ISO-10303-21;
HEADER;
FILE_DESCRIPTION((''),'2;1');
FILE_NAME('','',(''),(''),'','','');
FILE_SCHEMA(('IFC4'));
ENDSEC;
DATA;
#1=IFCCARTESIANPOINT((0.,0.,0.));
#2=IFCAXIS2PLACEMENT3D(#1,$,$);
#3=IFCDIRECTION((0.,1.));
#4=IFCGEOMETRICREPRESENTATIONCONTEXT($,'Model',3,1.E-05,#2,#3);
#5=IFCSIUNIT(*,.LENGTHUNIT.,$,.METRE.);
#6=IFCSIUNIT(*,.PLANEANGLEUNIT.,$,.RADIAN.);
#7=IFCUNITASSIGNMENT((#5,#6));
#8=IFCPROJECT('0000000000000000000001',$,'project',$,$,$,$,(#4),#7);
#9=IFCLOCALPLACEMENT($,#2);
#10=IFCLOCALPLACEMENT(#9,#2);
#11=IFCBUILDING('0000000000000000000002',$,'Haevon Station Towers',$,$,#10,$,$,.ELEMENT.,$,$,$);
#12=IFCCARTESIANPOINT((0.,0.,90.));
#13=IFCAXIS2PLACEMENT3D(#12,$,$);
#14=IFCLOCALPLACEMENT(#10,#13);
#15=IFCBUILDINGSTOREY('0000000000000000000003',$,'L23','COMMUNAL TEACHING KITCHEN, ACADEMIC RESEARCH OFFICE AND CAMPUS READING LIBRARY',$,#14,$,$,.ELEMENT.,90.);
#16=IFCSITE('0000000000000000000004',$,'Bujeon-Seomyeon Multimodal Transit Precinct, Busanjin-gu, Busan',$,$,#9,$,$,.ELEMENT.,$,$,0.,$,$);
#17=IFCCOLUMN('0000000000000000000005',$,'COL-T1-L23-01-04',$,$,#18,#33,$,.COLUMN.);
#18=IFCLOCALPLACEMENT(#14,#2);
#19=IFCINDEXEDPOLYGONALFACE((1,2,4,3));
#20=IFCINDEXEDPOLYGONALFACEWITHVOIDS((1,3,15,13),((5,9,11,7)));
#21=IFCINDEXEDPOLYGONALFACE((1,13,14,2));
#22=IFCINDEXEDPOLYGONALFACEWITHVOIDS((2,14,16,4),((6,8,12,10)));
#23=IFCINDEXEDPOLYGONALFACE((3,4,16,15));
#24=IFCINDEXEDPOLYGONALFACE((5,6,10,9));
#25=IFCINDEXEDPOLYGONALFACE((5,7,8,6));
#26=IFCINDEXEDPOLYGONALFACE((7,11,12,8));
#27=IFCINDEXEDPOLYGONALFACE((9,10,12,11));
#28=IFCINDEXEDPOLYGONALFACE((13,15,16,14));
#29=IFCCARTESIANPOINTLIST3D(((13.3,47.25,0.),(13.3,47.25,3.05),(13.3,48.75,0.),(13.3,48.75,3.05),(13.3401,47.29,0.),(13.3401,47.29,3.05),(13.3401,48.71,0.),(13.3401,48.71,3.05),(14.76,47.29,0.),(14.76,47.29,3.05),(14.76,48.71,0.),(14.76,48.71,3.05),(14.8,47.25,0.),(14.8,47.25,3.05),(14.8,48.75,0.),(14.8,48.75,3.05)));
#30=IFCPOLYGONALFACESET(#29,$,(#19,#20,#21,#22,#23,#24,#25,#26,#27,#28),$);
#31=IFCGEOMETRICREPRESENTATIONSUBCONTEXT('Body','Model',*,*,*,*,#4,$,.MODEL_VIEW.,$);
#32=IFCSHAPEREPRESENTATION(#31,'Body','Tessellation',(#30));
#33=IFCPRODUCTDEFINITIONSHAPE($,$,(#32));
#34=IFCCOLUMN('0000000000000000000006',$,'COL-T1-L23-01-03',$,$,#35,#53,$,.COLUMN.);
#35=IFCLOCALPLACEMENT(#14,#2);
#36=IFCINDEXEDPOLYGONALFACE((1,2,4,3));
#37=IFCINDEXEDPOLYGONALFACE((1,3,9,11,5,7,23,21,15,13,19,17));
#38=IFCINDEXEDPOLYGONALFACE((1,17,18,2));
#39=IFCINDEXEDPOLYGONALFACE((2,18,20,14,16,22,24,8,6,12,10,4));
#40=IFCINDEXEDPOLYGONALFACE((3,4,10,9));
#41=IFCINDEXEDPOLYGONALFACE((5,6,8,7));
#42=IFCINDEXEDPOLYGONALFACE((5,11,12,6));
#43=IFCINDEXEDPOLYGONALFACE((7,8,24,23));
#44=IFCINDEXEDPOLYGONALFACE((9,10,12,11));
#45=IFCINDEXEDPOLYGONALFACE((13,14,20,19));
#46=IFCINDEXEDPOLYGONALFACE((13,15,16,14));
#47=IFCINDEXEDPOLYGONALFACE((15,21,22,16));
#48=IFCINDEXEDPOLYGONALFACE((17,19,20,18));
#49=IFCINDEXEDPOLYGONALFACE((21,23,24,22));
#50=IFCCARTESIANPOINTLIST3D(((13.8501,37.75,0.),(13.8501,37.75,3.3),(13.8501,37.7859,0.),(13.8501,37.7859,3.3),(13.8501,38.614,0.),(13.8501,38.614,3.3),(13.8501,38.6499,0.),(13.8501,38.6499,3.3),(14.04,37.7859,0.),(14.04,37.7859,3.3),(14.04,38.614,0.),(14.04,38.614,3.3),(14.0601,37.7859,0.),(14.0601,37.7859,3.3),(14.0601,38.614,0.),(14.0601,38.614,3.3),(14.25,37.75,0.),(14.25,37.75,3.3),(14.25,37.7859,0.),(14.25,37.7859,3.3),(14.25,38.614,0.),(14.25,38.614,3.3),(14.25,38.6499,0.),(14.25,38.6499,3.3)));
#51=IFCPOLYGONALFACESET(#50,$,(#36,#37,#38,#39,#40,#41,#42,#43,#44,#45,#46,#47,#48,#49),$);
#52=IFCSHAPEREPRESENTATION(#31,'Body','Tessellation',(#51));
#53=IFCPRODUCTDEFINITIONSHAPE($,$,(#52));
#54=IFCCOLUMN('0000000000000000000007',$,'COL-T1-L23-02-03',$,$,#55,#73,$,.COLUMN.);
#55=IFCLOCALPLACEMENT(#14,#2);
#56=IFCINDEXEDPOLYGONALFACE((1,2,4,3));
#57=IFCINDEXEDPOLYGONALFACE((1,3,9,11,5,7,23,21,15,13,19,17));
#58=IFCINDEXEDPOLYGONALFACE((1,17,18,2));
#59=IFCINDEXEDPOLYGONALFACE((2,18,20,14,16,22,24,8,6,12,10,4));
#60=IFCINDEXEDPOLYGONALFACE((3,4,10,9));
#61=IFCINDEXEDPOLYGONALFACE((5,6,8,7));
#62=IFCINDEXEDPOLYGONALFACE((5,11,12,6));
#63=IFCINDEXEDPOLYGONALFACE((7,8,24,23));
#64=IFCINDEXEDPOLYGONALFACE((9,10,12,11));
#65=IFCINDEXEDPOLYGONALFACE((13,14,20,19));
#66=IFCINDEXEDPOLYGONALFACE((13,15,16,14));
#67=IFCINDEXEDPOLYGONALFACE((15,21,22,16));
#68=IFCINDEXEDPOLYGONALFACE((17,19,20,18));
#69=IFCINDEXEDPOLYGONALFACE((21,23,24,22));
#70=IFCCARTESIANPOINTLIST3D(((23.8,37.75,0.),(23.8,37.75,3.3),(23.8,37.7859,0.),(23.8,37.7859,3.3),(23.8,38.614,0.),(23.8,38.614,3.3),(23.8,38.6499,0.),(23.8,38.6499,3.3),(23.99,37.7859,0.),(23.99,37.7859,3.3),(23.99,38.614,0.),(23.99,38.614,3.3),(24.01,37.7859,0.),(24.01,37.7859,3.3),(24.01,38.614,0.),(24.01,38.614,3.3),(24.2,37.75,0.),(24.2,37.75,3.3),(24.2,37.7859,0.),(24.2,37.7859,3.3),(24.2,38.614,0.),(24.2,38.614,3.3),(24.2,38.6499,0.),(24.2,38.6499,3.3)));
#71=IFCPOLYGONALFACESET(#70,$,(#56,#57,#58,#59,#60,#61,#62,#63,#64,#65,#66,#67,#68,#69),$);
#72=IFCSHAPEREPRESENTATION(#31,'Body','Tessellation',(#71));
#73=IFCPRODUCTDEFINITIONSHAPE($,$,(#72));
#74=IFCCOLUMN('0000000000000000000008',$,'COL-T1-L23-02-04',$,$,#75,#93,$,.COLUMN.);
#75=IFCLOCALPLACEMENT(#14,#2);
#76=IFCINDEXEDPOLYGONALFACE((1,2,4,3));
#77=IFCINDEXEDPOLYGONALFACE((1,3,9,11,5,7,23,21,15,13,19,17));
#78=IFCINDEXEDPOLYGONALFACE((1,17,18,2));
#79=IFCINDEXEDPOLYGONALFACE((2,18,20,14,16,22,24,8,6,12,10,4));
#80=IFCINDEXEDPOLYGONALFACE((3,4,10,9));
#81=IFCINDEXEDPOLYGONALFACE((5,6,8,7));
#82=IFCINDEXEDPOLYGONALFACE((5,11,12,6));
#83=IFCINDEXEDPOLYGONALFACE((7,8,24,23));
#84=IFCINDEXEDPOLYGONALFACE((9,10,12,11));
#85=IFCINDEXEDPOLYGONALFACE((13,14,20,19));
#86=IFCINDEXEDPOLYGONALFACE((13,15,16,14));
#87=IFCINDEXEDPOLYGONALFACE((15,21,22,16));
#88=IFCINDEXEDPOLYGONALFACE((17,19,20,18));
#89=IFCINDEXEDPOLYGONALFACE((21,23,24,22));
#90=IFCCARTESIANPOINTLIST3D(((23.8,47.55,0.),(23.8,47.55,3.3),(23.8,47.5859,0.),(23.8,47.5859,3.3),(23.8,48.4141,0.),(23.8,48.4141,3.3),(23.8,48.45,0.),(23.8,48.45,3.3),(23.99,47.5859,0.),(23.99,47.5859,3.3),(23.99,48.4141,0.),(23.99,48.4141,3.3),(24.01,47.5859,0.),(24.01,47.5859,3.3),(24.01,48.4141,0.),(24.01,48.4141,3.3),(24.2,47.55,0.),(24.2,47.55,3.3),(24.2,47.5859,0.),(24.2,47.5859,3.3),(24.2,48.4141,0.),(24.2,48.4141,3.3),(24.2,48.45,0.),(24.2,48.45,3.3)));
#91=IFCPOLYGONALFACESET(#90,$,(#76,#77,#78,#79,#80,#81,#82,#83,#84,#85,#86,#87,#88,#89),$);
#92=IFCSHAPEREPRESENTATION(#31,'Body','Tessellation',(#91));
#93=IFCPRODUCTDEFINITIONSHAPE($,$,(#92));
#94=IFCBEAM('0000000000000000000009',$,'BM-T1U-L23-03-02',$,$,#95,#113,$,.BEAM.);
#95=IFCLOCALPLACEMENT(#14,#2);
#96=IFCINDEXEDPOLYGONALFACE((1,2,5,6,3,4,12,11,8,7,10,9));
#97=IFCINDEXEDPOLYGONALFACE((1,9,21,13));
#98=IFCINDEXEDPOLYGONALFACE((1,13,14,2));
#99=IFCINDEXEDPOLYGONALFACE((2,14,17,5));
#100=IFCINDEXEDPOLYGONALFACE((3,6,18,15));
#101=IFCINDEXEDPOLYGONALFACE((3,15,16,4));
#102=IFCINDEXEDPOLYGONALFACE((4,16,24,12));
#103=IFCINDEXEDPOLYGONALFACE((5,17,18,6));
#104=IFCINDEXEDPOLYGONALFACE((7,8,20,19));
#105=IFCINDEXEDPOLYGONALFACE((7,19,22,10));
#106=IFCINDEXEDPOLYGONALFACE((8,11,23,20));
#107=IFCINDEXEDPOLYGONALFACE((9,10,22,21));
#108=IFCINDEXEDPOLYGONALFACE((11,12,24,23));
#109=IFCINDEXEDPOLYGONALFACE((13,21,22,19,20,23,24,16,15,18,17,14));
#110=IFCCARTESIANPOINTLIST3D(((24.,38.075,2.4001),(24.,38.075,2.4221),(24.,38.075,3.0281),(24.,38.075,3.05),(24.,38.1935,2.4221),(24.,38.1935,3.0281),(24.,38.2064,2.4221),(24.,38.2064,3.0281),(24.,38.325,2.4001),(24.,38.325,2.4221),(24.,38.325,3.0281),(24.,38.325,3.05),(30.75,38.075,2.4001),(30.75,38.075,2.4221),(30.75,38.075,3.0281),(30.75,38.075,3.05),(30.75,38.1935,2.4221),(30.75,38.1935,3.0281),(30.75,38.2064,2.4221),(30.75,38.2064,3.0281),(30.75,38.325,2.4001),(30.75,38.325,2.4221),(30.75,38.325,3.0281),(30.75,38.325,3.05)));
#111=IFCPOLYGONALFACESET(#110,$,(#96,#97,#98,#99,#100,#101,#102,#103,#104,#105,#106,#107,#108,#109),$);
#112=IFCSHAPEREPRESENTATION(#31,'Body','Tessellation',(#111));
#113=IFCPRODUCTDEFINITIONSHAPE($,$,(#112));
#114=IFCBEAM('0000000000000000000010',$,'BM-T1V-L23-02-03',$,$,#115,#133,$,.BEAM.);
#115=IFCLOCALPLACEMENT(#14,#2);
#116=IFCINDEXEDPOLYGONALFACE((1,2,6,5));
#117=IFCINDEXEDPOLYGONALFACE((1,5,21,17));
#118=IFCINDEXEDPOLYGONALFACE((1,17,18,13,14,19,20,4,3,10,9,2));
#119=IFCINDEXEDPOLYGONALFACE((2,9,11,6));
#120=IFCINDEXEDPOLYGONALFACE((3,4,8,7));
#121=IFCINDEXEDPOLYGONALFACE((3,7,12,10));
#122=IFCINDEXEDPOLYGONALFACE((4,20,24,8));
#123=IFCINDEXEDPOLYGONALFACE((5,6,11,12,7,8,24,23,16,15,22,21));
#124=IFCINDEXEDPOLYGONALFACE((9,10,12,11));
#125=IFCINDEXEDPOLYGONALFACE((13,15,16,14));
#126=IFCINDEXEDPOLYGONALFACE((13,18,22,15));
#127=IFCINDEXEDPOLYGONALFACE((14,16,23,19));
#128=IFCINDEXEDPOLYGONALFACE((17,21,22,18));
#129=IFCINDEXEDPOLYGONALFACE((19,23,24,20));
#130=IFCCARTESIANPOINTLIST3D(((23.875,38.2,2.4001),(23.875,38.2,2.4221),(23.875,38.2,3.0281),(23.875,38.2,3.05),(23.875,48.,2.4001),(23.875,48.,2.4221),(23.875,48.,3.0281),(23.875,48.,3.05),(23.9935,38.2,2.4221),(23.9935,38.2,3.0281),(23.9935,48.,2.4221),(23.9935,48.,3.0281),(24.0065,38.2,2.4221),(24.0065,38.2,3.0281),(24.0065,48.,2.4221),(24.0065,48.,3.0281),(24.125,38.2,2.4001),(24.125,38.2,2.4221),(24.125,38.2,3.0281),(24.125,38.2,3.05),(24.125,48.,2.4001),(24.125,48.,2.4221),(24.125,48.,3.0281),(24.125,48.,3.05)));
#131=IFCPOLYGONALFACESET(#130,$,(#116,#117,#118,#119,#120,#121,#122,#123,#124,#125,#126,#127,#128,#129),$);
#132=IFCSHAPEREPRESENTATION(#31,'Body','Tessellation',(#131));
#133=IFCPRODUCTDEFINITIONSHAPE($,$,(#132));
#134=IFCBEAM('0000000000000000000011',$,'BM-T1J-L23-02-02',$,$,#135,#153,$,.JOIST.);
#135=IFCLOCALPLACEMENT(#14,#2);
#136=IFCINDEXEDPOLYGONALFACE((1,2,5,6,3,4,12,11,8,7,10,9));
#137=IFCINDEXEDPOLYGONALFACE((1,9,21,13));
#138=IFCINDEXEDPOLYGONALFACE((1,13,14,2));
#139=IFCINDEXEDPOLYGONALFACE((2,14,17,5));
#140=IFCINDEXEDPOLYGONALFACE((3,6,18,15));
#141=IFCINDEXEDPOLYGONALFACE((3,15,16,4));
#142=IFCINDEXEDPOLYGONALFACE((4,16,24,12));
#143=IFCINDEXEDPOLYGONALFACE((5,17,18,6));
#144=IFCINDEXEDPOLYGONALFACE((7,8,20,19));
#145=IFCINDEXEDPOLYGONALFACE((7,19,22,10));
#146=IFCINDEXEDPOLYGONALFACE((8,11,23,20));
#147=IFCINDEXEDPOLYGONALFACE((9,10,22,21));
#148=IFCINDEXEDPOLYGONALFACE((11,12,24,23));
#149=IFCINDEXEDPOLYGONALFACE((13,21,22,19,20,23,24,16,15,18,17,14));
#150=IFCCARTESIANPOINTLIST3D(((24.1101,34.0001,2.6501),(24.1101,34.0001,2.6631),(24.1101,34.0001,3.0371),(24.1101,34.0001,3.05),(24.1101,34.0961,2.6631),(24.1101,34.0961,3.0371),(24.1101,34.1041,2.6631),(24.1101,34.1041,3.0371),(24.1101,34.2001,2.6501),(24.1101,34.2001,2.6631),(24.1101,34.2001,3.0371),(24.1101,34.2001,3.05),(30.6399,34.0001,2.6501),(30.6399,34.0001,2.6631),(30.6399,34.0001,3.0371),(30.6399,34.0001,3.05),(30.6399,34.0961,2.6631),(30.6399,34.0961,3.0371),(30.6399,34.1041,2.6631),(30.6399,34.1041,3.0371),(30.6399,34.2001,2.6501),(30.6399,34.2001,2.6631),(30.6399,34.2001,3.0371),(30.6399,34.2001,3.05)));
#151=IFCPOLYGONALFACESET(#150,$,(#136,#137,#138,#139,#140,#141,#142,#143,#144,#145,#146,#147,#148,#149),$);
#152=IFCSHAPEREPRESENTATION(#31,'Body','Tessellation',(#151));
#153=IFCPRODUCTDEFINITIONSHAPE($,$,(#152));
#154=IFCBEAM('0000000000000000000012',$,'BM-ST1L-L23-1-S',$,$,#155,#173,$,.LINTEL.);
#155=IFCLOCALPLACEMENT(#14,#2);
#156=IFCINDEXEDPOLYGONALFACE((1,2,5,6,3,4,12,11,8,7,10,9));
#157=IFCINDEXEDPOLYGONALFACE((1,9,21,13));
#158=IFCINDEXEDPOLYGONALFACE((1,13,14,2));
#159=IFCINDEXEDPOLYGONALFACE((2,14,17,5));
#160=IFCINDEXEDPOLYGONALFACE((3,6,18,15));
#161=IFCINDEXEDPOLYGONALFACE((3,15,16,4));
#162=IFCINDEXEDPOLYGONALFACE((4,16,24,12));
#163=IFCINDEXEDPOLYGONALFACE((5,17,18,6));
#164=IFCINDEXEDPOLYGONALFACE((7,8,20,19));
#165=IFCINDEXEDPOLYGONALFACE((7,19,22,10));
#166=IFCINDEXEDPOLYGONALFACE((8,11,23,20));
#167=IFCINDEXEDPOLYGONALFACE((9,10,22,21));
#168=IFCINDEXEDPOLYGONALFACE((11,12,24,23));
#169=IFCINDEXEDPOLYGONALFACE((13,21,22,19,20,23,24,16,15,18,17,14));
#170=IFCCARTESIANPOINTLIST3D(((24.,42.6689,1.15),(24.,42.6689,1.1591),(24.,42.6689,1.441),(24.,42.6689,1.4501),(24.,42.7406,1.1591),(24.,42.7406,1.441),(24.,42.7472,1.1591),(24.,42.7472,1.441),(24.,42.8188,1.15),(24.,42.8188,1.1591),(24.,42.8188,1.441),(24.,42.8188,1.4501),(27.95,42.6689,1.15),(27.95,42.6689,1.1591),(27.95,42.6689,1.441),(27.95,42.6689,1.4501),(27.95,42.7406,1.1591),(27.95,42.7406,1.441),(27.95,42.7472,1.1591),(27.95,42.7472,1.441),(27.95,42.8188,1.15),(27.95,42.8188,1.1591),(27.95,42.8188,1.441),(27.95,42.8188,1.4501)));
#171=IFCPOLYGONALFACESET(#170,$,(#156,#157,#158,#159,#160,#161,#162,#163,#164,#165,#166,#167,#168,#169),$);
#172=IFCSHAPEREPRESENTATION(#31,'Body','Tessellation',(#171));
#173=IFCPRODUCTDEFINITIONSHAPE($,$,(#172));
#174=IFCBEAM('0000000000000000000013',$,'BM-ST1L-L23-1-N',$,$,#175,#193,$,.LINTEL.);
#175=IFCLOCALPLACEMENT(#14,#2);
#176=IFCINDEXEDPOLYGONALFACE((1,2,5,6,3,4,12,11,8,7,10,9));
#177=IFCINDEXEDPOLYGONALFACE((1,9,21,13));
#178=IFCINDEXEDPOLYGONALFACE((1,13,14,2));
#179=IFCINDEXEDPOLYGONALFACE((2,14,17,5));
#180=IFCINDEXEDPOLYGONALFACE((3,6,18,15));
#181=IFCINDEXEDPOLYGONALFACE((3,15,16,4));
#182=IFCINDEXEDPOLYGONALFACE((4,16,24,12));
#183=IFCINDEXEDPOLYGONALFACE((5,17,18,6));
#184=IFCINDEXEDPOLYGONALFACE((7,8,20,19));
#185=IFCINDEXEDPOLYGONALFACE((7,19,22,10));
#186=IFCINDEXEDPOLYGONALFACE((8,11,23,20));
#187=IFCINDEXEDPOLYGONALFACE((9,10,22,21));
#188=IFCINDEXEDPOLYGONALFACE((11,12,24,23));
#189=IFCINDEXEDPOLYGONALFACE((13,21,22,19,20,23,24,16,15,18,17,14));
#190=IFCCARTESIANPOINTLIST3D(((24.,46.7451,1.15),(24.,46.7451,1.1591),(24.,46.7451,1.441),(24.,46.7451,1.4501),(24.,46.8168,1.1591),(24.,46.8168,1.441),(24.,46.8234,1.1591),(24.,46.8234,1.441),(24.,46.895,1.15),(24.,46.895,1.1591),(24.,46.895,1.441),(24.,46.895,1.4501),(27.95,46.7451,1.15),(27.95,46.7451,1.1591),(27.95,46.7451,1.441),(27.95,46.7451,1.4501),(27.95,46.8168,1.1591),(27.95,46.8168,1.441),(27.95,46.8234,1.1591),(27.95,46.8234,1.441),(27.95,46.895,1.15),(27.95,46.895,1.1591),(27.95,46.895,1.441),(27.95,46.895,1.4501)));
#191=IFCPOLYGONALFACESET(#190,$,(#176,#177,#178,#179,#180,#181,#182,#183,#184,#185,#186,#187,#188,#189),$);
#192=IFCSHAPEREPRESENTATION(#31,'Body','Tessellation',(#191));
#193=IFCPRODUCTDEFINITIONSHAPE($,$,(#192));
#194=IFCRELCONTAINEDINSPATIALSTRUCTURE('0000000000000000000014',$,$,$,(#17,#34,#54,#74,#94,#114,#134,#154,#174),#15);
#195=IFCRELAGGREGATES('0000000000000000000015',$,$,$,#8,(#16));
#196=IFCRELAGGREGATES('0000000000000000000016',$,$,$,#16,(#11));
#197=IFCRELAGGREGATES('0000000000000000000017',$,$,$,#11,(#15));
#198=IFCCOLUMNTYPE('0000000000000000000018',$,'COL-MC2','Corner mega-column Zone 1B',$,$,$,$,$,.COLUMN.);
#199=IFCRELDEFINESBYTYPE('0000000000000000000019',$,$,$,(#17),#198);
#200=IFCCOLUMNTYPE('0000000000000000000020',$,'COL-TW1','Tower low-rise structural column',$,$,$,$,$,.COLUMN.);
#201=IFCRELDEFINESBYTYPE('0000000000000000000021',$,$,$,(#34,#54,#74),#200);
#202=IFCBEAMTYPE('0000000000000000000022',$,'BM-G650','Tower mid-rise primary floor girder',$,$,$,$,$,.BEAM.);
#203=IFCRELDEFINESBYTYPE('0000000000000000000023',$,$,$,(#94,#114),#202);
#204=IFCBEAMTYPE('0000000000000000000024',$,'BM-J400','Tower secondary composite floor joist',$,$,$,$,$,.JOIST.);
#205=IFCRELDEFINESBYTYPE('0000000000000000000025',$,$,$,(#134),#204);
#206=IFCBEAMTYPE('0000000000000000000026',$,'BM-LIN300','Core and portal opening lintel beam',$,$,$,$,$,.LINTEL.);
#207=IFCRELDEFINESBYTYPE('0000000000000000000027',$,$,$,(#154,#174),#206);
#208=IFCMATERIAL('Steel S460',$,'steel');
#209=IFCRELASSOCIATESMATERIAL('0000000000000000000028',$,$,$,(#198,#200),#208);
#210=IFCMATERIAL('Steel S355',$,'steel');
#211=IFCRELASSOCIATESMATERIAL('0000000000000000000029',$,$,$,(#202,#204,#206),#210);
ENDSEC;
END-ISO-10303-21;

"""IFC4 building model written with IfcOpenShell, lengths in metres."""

from ifc_helpers import new_model, si_unit, direction, frame, origin, origin_2d, place, context, subcontext, project, spatial, hollow_rectangle, i_section, extrude, material, material_profile, profile_set, type_object, element, save


model = new_model("IFC4")

# Units and contexts
model_context = context("Model", 3, precision=1e-05, world=origin(), true_north=direction((0.0, 1.0)))
body_context = subcontext(model_context, "Body", "Model", "MODEL_VIEW")
ifc_project = project(units=[si_unit("LENGTHUNIT", "METRE"), si_unit("PLANEANGLEUNIT", "RADIAN")], contexts=[model_context])

# Site, building, storey
site_placement = place(None, origin())
site = spatial("IfcSite", under=ifc_project, at=site_placement, Name="Bujeon-Seomyeon Multimodal Transit Precinct, Busanjin-gu, Busan", CompositionType="ELEMENT", RefElevation=0.0)
building_placement = place(site_placement, origin())
building = spatial("IfcBuilding", under=site, at=building_placement, Name="Haevon Station Towers", CompositionType="ELEMENT")
storey_placement = place(building_placement, frame((0.0, 0.0, 90.0)))
storey = spatial("IfcBuildingStorey", under=building, at=storey_placement, Name="L23", Description="COMMUNAL TEACHING KITCHEN, ACADEMIC RESEARCH OFFICE AND CAMPUS READING LIBRARY", CompositionType="ELEMENT", Elevation=90.0)

# Columns
ifc_material_1 = material(Name="Steel S460", Category="steel")
ifc_material_profile_1 = material_profile(ifc_material_1, hollow_rectangle(XDim=1.5, YDim=1.5, WallThickness=0.04, at=origin_2d()), Name="BOX-1500x1500x40")
ifc_profile_set_1 = profile_set([ifc_material_profile_1], Name="Steel S460")
column_type_1 = type_object("IfcColumnType", Name="COL-MC2", Description="Corner mega-column Zone 1B", PredefinedType="COLUMN", material=ifc_profile_set_1)
column_placement = place(storey_placement, frame((14.05, 48.0, 0.0), z_axis=(0.0, 0.0, 1.0), x_axis=(1.0, 0.0, 0.0)))
element("IfcColumn", 1, at=column_placement, inside=storey, type_object=column_type_1, Name="COL-T1-L23-01-04", PredefinedType="COLUMN", context=body_context, shape_type="SweptSolid", body=[
    extrude(hollow_rectangle(XDim=1.5, YDim=1.5, WallThickness=0.04, at=origin_2d()), origin(), (0.0, 0.0, 1.0), 3.05),
])
ifc_material_profile_2 = material_profile(ifc_material_1, i_section(OverallWidth=0.3999, OverallDepth=0.8999, WebThickness=0.02, FlangeThickness=0.0359, at=origin_2d()), Name="H-900x400x20x36")
ifc_profile_set_2 = profile_set([ifc_material_profile_2], Name="Steel S460")
column_type_2 = type_object("IfcColumnType", Name="COL-TW1", Description="Tower low-rise structural column", PredefinedType="COLUMN", material=ifc_profile_set_2)
for number, where, z_axis, x_axis, name in (
    (2, (14.05, 38.2, 0.0), (0.0, 0.0, 1.0), (1.0, 0.0, 0.0), "COL-T1-L23-01-03"),
    (3, (24.0, 38.2, 0.0), (0.0, 0.0, 1.0), (1.0, 0.0, 0.0), "COL-T1-L23-02-03"),
    (4, (24.0, 48.0, 0.0), (0.0, 0.0, 1.0), (1.0, 0.0, 0.0), "COL-T1-L23-02-04"),
):
    element("IfcColumn", number, at=place(storey_placement, frame(where, z_axis=z_axis, x_axis=x_axis)), inside=storey, type_object=column_type_2, Name=name, PredefinedType="COLUMN", context=body_context, shape_type="SweptSolid", body=[
        extrude(i_section(OverallWidth=0.3999, OverallDepth=0.8999, WebThickness=0.02, FlangeThickness=0.0359, at=origin_2d()), origin(), (0.0, 0.0, 1.0), 3.3),
    ])

# Beams
ifc_material_2 = material(Name="Steel S355", Category="steel")
ifc_material_profile_3 = material_profile(ifc_material_2, i_section(OverallWidth=0.25, OverallDepth=0.6499, WebThickness=0.0129, FlangeThickness=0.022, at=origin_2d()), Name="H-650x250x13x22")
ifc_profile_set_3 = profile_set([ifc_material_profile_3], Name="Steel S355")
beam_type_1 = type_object("IfcBeamType", Name="BM-G650", Description="Tower mid-rise primary floor girder", PredefinedType="BEAM", material=ifc_profile_set_3)
beam_1_placement = place(storey_placement, frame((24.0, 38.2, 2.7251), z_axis=(1.0, 0.0, 0.0), x_axis=(0.0, 1.0, 0.0)))
element("IfcBeam", 5, at=beam_1_placement, inside=storey, type_object=beam_type_1, Name="BM-T1U-L23-03-02", PredefinedType="BEAM", context=body_context, shape_type="SweptSolid", body=[
    extrude(i_section(OverallWidth=0.25, OverallDepth=0.6499, WebThickness=0.0129, FlangeThickness=0.022, at=origin_2d()), origin(), (0.0, 0.0, 1.0), 6.75),
])
beam_2_placement = place(storey_placement, frame((24.0, 38.2, 2.7251), z_axis=(0.0, 1.0, 0.0), x_axis=(-1.0, 0.0, 0.0)))
element("IfcBeam", 6, at=beam_2_placement, inside=storey, type_object=beam_type_1, Name="BM-T1V-L23-02-03", PredefinedType="BEAM", context=body_context, shape_type="SweptSolid", body=[
    extrude(i_section(OverallWidth=0.25, OverallDepth=0.6499, WebThickness=0.0129, FlangeThickness=0.022, at=origin_2d()), origin(), (0.0, 0.0, 1.0), 9.8),
])
ifc_material_profile_4 = material_profile(ifc_material_2, i_section(OverallWidth=0.2, OverallDepth=0.3999, WebThickness=0.0081, FlangeThickness=0.0129, at=origin_2d()), Name="H-400x200x8x13")
ifc_profile_set_4 = profile_set([ifc_material_profile_4], Name="Steel S355")
beam_type_2 = type_object("IfcBeamType", Name="BM-J400", Description="Tower secondary composite floor joist", PredefinedType="JOIST", material=ifc_profile_set_4)
beam_3_placement = place(storey_placement, frame((24.1101, 34.1001, 2.8501), z_axis=(1.0, 0.0, 0.0), x_axis=(0.0, 1.0, 0.0)))
element("IfcBeam", 7, at=beam_3_placement, inside=storey, type_object=beam_type_2, Name="BM-T1J-L23-02-02", PredefinedType="JOIST", context=body_context, shape_type="SweptSolid", body=[
    extrude(i_section(OverallWidth=0.2, OverallDepth=0.3999, WebThickness=0.0081, FlangeThickness=0.0129, at=origin_2d()), origin(), (0.0, 0.0, 1.0), 6.5298),
])
ifc_material_profile_5 = material_profile(ifc_material_2, i_section(OverallWidth=0.1499, OverallDepth=0.3, WebThickness=0.0066, FlangeThickness=0.009, at=origin_2d()), Name="H-300x150x6.5x9")
ifc_profile_set_5 = profile_set([ifc_material_profile_5], Name="Steel S355")
beam_type_3 = type_object("IfcBeamType", Name="BM-LIN300", Description="Core and portal opening lintel beam", PredefinedType="LINTEL", material=ifc_profile_set_5)
for number, where, z_axis, x_axis, name in (
    (8, (24.0, 42.7439, 1.3), (1.0, 0.0, 0.0), (0.0, 1.0, 0.0), "BM-ST1L-L23-1-S"),
    (9, (24.0, 46.8201, 1.3), (1.0, 0.0, 0.0), (0.0, 1.0, 0.0), "BM-ST1L-L23-1-N"),
):
    element("IfcBeam", number, at=place(storey_placement, frame(where, z_axis=z_axis, x_axis=x_axis)), inside=storey, type_object=beam_type_3, Name=name, PredefinedType="LINTEL", context=body_context, shape_type="SweptSolid", body=[
        extrude(i_section(OverallWidth=0.1499, OverallDepth=0.3, WebThickness=0.0066, FlangeThickness=0.009, at=origin_2d()), origin(), (0.0, 0.0, 1.0), 3.95),
    ])

save(model, "model.ifc")
